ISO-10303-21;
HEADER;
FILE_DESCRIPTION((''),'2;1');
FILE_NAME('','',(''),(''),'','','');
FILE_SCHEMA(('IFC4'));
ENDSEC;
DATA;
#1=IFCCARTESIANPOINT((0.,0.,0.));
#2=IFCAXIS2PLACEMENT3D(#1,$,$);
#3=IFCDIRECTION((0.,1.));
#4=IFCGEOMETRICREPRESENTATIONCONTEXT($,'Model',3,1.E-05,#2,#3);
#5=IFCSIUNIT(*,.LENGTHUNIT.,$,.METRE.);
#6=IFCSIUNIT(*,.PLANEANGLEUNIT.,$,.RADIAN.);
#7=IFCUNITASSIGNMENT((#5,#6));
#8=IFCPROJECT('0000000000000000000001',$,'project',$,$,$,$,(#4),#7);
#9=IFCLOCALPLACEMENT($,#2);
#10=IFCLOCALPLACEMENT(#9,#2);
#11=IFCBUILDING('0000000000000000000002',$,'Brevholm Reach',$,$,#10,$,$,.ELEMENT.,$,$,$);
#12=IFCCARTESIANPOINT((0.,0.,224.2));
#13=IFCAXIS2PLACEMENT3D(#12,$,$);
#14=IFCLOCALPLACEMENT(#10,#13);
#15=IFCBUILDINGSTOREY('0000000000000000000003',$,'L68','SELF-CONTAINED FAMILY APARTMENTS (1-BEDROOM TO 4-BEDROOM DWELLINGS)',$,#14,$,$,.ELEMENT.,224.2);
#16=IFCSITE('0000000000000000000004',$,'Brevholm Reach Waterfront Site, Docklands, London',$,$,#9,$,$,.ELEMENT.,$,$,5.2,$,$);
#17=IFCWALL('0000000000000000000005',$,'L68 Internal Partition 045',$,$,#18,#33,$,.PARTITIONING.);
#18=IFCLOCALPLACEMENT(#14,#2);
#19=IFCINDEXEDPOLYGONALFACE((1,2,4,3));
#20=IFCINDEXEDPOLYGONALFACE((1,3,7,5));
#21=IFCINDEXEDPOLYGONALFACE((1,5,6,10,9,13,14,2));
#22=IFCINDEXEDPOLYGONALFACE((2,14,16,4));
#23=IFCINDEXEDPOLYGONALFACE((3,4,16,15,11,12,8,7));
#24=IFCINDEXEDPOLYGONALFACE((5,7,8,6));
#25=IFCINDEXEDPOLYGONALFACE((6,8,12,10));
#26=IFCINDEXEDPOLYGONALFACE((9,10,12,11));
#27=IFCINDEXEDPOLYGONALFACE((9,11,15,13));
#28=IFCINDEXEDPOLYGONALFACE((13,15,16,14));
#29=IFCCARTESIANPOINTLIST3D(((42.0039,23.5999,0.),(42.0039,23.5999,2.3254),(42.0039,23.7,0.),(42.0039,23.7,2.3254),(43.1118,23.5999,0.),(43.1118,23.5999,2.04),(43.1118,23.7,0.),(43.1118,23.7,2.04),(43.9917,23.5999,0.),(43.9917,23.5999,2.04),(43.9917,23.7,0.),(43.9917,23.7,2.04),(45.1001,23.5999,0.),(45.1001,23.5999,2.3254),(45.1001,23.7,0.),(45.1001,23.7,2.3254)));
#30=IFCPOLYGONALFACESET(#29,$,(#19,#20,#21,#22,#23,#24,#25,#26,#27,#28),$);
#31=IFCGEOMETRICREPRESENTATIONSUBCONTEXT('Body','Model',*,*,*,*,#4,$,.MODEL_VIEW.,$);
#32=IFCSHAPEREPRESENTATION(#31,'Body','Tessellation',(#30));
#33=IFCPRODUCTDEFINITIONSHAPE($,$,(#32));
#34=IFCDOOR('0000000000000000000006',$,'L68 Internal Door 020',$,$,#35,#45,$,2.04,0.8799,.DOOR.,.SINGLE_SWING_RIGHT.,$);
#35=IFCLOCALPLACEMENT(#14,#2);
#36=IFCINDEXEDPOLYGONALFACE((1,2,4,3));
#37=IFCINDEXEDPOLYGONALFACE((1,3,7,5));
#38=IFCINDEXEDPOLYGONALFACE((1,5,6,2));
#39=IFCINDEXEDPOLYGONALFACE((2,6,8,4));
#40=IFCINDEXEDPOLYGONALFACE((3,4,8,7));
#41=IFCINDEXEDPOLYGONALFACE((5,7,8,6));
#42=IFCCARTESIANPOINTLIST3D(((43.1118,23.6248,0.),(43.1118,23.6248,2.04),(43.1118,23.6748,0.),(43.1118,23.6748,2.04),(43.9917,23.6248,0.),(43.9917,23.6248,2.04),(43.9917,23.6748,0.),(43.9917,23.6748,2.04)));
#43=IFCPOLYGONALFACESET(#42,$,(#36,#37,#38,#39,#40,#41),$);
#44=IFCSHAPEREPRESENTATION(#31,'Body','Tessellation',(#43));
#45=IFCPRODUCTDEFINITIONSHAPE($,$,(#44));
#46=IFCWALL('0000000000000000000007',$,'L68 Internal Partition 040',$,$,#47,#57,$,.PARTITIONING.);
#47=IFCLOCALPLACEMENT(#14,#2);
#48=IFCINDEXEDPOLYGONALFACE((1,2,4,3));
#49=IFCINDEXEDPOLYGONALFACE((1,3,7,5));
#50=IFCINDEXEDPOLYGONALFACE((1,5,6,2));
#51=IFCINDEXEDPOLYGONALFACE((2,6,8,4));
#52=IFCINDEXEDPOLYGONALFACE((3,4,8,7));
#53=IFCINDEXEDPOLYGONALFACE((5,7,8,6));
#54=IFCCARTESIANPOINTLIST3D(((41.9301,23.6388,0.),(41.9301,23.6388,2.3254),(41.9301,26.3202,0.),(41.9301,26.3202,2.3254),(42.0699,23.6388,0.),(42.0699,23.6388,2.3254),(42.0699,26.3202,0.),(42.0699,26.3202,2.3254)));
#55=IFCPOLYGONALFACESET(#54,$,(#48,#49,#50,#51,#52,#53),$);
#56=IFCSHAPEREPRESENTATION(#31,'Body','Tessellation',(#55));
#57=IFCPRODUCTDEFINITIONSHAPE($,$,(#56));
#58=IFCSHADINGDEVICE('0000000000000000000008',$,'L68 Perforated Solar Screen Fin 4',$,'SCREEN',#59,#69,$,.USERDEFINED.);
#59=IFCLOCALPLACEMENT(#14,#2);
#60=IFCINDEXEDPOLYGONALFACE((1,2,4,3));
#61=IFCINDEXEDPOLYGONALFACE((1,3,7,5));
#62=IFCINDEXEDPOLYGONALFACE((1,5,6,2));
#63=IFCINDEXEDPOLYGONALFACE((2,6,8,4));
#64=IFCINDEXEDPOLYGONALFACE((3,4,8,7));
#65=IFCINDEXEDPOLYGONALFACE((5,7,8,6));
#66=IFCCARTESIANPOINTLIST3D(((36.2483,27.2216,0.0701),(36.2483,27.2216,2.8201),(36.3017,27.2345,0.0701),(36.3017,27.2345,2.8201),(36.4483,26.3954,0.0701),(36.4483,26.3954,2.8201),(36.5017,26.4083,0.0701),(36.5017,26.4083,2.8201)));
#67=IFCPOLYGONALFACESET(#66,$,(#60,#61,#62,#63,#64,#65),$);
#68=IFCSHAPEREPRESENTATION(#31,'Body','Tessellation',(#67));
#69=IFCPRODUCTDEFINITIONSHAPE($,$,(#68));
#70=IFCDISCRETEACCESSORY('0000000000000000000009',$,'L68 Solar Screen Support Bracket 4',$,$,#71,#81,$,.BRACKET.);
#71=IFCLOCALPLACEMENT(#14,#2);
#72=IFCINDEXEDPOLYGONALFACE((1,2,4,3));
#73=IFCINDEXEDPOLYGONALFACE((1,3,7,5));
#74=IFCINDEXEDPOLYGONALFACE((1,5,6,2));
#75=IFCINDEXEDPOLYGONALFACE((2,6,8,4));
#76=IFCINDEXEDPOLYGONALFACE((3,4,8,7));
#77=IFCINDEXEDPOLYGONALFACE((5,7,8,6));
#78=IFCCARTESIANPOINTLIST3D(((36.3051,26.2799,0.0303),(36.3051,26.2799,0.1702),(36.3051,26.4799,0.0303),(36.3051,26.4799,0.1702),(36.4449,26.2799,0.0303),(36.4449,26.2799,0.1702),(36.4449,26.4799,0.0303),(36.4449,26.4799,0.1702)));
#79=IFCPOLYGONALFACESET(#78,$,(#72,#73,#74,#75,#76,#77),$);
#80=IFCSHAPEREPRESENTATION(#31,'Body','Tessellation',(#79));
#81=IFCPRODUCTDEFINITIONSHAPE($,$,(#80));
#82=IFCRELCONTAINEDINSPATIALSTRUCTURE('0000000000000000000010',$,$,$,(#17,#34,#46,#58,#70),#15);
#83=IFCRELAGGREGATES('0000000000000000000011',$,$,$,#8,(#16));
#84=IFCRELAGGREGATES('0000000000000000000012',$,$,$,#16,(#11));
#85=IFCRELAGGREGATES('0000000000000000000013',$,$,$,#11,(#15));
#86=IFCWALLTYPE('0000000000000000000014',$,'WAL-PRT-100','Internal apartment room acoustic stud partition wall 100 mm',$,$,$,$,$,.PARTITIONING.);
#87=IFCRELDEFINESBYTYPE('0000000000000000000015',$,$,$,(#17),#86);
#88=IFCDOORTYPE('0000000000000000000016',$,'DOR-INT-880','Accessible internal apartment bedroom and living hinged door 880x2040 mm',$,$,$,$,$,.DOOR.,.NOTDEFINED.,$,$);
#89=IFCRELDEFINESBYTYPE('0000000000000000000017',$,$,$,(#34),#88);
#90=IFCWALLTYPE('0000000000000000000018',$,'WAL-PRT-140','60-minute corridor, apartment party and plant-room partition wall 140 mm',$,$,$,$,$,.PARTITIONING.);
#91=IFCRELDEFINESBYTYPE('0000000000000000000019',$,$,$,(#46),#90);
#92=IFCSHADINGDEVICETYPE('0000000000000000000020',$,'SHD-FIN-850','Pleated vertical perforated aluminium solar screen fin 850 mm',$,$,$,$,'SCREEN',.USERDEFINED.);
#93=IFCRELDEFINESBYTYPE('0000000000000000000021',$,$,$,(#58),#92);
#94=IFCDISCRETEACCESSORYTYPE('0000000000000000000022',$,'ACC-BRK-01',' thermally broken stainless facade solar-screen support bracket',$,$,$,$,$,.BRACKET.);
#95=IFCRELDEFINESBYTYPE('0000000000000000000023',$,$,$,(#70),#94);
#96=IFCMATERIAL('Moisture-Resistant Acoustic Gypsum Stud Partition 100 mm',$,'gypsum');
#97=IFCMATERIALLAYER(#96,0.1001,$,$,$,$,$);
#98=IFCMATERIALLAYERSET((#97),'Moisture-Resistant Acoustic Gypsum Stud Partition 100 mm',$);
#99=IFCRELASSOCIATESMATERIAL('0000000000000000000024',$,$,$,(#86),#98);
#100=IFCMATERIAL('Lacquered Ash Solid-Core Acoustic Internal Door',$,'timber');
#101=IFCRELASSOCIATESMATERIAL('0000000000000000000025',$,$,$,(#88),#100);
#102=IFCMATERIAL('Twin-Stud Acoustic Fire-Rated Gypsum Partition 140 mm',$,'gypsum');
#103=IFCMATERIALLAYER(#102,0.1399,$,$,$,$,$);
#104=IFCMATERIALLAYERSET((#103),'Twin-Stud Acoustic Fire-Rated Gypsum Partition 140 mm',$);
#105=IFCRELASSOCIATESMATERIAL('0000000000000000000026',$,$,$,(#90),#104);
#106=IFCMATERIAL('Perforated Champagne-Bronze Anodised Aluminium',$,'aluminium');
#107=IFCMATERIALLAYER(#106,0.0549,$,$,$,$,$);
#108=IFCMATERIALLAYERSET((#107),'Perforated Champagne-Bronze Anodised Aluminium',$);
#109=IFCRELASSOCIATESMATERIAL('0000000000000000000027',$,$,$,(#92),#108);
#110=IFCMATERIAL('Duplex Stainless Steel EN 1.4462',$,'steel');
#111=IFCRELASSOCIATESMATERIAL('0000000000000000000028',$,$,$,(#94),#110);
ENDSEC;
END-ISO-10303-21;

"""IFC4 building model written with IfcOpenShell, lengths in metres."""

from ifc_helpers import new_model, si_unit, direction, frame, frame_2d, origin, origin_2d, place, context, subcontext, project, spatial, rectangle, extrude, material, layer, layer_set, type_object, element, fill, save


model = new_model("IFC4")

# Units and contexts
model_context = context("Model", 3, precision=1e-05, world=origin(), true_north=direction((0.0, 1.0)))
body_context = subcontext(model_context, "Body", "Model", "MODEL_VIEW")
ifc_project = project(units=[si_unit("LENGTHUNIT", "METRE"), si_unit("PLANEANGLEUNIT", "RADIAN")], contexts=[model_context])

# Site, building, storey
site_placement = place(None, origin())
site = spatial("IfcSite", under=ifc_project, at=site_placement, Name="Brevholm Reach Waterfront Site, Docklands, London", CompositionType="ELEMENT", RefElevation=5.2)
building_placement = place(site_placement, origin())
building = spatial("IfcBuilding", under=site, at=building_placement, Name="Brevholm Reach", CompositionType="ELEMENT")
storey_placement = place(building_placement, frame((0.0, 0.0, 224.2)))
storey = spatial("IfcBuildingStorey", under=building, at=storey_placement, Name="L68", Description="SELF-CONTAINED FAMILY APARTMENTS (1-BEDROOM TO 4-BEDROOM DWELLINGS)", CompositionType="ELEMENT", Elevation=224.2)

# Wall, opening, door
ifc_material_1 = material(Name="Moisture-Resistant Acoustic Gypsum Stud Partition 100 mm", Category="gypsum")
ifc_layer_1 = layer(ifc_material_1, 0.1001)
ifc_layer_set_1 = layer_set([ifc_layer_1], Name="Moisture-Resistant Acoustic Gypsum Stud Partition 100 mm")
wall_type_1 = type_object("IfcWallType", Name="WAL-PRT-100", Description="Internal apartment room acoustic stud partition wall 100 mm", PredefinedType="PARTITIONING", material=ifc_layer_set_1)
wall_1_placement = place(storey_placement, frame((42.0039, 23.6499, 0.0), z_axis=(0.0, 0.0, 1.0), x_axis=(1.0, 0.0, 0.0)))
wall_1 = element("IfcWall", 1, at=wall_1_placement, inside=storey, type_object=wall_type_1, Name="L68 Internal Partition 045", PredefinedType="PARTITIONING", context=body_context, shape_type="SweptSolid", body=[
    extrude(rectangle(XDim=3.0962, YDim=0.1001, at=frame_2d((1.5481, 0.0))), origin(), (0.0, 0.0, 1.0), 2.3254),
])
opening_1_placement = place(wall_1_placement, frame((1.1079, 0.0, 0.0)))
opening_1 = element("IfcOpeningElement", 2, at=opening_1_placement, cuts=wall_1, PredefinedType="OPENING", context=body_context, shape_type="SweptSolid", body=[
    extrude(rectangle(XDim=0.8799, YDim=2.04, at=frame_2d((0.4399, 1.02))), frame((0.0, 0.0601, 0.0), z_axis=(0.0, -1.0, 0.0), x_axis=(1.0, 0.0, 0.0)), (0.0, 0.0, 1.0), 0.1201),
])
ifc_material_2 = material(Name="Lacquered Ash Solid-Core Acoustic Internal Door", Category="timber")
door_type_1 = type_object("IfcDoorType", Name="DOR-INT-880", Description="Accessible internal apartment bedroom and living hinged door 880x2040 mm", OperationType="NOTDEFINED", PredefinedType="DOOR", material=ifc_material_2)
door_1_placement = place(opening_1_placement, origin())
door_1 = element("IfcDoor", 3, at=door_1_placement, inside=storey, type_object=door_type_1, Name="L68 Internal Door 020", OperationType="SINGLE_SWING_RIGHT", OverallHeight=2.04, OverallWidth=0.8799, PredefinedType="DOOR", context=body_context, shape_type="SweptSolid", body=[
    extrude(rectangle(XDim=0.8799, YDim=2.04, at=frame_2d((0.4399, 1.02))), frame((0.0, 0.0249, 0.0), z_axis=(0.0, -1.0, 0.0), x_axis=(1.0, 0.0, 0.0)), (0.0, 0.0, 1.0), 0.05),
])
fill(opening_1, door_1)

# Wall
ifc_material_3 = material(Name="Twin-Stud Acoustic Fire-Rated Gypsum Partition 140 mm", Category="gypsum")
ifc_layer_2 = layer(ifc_material_3, 0.1399)
ifc_layer_set_2 = layer_set([ifc_layer_2], Name="Twin-Stud Acoustic Fire-Rated Gypsum Partition 140 mm")
wall_type_2 = type_object("IfcWallType", Name="WAL-PRT-140", Description="60-minute corridor, apartment party and plant-room partition wall 140 mm", PredefinedType="PARTITIONING", material=ifc_layer_set_2)
wall_2_placement = place(storey_placement, frame((42.0, 23.6387, 0.0), z_axis=(0.0, 0.0, 1.0), x_axis=(0.0, 1.0, 0.0)))
element("IfcWall", 4, at=wall_2_placement, inside=storey, type_object=wall_type_2, Name="L68 Internal Partition 040", PredefinedType="PARTITIONING", context=body_context, shape_type="SweptSolid", body=[
    extrude(rectangle(XDim=2.6814, YDim=0.1399, at=frame_2d((1.3408, 0.0))), origin(), (0.0, 0.0, 1.0), 2.3254),
])

# Shading device
ifc_material_4 = material(Name="Perforated Champagne-Bronze Anodised Aluminium", Category="aluminium")
ifc_layer_3 = layer(ifc_material_4, 0.0549)
ifc_layer_set_3 = layer_set([ifc_layer_3], Name="Perforated Champagne-Bronze Anodised Aluminium")
shading_device_type = type_object("IfcShadingDeviceType", Name="SHD-FIN-850", Description="Pleated vertical perforated aluminium solar screen fin 850 mm", ElementType="SCREEN", PredefinedType="USERDEFINED", material=ifc_layer_set_3)
shading_device_placement = place(storey_placement, frame((36.375, 26.8149, 0.0701), z_axis=(0.0, 0.0, 1.0), x_axis=(-0.235227, 0.97194, 0.0)))
element("IfcShadingDevice", 5, at=shading_device_placement, inside=storey, type_object=shading_device_type, Name="L68 Perforated Solar Screen Fin 4", ObjectType="SCREEN", PredefinedType="USERDEFINED", context=body_context, shape_type="SweptSolid", body=[
    extrude(rectangle(XDim=0.8501, YDim=0.0549, at=origin_2d()), origin(), (0.0, 0.0, 1.0), 2.75),
])

# Discrete accessory
ifc_material_5 = material(Name="Duplex Stainless Steel EN 1.4462", Category="steel")
discrete_accessory_type = type_object("IfcDiscreteAccessoryType", Name="ACC-BRK-01", Description=" thermally broken stainless facade solar-screen support bracket", PredefinedType="BRACKET", material=ifc_material_5)
discrete_accessory_placement = place(storey_placement, frame((36.375, 26.3799, 0.0303), z_axis=(0.0, 0.0, 1.0), x_axis=(0.0, 1.0, 0.0)))
element("IfcDiscreteAccessory", 6, at=discrete_accessory_placement, inside=storey, type_object=discrete_accessory_type, Name="L68 Solar Screen Support Bracket 4", PredefinedType="BRACKET", context=body_context, shape_type="SweptSolid", body=[
    extrude(rectangle(XDim=0.2, YDim=0.1399, at=origin_2d()), origin(), (0.0, 0.0, 1.0), 0.1399),
])

save(model, "model.ifc")
